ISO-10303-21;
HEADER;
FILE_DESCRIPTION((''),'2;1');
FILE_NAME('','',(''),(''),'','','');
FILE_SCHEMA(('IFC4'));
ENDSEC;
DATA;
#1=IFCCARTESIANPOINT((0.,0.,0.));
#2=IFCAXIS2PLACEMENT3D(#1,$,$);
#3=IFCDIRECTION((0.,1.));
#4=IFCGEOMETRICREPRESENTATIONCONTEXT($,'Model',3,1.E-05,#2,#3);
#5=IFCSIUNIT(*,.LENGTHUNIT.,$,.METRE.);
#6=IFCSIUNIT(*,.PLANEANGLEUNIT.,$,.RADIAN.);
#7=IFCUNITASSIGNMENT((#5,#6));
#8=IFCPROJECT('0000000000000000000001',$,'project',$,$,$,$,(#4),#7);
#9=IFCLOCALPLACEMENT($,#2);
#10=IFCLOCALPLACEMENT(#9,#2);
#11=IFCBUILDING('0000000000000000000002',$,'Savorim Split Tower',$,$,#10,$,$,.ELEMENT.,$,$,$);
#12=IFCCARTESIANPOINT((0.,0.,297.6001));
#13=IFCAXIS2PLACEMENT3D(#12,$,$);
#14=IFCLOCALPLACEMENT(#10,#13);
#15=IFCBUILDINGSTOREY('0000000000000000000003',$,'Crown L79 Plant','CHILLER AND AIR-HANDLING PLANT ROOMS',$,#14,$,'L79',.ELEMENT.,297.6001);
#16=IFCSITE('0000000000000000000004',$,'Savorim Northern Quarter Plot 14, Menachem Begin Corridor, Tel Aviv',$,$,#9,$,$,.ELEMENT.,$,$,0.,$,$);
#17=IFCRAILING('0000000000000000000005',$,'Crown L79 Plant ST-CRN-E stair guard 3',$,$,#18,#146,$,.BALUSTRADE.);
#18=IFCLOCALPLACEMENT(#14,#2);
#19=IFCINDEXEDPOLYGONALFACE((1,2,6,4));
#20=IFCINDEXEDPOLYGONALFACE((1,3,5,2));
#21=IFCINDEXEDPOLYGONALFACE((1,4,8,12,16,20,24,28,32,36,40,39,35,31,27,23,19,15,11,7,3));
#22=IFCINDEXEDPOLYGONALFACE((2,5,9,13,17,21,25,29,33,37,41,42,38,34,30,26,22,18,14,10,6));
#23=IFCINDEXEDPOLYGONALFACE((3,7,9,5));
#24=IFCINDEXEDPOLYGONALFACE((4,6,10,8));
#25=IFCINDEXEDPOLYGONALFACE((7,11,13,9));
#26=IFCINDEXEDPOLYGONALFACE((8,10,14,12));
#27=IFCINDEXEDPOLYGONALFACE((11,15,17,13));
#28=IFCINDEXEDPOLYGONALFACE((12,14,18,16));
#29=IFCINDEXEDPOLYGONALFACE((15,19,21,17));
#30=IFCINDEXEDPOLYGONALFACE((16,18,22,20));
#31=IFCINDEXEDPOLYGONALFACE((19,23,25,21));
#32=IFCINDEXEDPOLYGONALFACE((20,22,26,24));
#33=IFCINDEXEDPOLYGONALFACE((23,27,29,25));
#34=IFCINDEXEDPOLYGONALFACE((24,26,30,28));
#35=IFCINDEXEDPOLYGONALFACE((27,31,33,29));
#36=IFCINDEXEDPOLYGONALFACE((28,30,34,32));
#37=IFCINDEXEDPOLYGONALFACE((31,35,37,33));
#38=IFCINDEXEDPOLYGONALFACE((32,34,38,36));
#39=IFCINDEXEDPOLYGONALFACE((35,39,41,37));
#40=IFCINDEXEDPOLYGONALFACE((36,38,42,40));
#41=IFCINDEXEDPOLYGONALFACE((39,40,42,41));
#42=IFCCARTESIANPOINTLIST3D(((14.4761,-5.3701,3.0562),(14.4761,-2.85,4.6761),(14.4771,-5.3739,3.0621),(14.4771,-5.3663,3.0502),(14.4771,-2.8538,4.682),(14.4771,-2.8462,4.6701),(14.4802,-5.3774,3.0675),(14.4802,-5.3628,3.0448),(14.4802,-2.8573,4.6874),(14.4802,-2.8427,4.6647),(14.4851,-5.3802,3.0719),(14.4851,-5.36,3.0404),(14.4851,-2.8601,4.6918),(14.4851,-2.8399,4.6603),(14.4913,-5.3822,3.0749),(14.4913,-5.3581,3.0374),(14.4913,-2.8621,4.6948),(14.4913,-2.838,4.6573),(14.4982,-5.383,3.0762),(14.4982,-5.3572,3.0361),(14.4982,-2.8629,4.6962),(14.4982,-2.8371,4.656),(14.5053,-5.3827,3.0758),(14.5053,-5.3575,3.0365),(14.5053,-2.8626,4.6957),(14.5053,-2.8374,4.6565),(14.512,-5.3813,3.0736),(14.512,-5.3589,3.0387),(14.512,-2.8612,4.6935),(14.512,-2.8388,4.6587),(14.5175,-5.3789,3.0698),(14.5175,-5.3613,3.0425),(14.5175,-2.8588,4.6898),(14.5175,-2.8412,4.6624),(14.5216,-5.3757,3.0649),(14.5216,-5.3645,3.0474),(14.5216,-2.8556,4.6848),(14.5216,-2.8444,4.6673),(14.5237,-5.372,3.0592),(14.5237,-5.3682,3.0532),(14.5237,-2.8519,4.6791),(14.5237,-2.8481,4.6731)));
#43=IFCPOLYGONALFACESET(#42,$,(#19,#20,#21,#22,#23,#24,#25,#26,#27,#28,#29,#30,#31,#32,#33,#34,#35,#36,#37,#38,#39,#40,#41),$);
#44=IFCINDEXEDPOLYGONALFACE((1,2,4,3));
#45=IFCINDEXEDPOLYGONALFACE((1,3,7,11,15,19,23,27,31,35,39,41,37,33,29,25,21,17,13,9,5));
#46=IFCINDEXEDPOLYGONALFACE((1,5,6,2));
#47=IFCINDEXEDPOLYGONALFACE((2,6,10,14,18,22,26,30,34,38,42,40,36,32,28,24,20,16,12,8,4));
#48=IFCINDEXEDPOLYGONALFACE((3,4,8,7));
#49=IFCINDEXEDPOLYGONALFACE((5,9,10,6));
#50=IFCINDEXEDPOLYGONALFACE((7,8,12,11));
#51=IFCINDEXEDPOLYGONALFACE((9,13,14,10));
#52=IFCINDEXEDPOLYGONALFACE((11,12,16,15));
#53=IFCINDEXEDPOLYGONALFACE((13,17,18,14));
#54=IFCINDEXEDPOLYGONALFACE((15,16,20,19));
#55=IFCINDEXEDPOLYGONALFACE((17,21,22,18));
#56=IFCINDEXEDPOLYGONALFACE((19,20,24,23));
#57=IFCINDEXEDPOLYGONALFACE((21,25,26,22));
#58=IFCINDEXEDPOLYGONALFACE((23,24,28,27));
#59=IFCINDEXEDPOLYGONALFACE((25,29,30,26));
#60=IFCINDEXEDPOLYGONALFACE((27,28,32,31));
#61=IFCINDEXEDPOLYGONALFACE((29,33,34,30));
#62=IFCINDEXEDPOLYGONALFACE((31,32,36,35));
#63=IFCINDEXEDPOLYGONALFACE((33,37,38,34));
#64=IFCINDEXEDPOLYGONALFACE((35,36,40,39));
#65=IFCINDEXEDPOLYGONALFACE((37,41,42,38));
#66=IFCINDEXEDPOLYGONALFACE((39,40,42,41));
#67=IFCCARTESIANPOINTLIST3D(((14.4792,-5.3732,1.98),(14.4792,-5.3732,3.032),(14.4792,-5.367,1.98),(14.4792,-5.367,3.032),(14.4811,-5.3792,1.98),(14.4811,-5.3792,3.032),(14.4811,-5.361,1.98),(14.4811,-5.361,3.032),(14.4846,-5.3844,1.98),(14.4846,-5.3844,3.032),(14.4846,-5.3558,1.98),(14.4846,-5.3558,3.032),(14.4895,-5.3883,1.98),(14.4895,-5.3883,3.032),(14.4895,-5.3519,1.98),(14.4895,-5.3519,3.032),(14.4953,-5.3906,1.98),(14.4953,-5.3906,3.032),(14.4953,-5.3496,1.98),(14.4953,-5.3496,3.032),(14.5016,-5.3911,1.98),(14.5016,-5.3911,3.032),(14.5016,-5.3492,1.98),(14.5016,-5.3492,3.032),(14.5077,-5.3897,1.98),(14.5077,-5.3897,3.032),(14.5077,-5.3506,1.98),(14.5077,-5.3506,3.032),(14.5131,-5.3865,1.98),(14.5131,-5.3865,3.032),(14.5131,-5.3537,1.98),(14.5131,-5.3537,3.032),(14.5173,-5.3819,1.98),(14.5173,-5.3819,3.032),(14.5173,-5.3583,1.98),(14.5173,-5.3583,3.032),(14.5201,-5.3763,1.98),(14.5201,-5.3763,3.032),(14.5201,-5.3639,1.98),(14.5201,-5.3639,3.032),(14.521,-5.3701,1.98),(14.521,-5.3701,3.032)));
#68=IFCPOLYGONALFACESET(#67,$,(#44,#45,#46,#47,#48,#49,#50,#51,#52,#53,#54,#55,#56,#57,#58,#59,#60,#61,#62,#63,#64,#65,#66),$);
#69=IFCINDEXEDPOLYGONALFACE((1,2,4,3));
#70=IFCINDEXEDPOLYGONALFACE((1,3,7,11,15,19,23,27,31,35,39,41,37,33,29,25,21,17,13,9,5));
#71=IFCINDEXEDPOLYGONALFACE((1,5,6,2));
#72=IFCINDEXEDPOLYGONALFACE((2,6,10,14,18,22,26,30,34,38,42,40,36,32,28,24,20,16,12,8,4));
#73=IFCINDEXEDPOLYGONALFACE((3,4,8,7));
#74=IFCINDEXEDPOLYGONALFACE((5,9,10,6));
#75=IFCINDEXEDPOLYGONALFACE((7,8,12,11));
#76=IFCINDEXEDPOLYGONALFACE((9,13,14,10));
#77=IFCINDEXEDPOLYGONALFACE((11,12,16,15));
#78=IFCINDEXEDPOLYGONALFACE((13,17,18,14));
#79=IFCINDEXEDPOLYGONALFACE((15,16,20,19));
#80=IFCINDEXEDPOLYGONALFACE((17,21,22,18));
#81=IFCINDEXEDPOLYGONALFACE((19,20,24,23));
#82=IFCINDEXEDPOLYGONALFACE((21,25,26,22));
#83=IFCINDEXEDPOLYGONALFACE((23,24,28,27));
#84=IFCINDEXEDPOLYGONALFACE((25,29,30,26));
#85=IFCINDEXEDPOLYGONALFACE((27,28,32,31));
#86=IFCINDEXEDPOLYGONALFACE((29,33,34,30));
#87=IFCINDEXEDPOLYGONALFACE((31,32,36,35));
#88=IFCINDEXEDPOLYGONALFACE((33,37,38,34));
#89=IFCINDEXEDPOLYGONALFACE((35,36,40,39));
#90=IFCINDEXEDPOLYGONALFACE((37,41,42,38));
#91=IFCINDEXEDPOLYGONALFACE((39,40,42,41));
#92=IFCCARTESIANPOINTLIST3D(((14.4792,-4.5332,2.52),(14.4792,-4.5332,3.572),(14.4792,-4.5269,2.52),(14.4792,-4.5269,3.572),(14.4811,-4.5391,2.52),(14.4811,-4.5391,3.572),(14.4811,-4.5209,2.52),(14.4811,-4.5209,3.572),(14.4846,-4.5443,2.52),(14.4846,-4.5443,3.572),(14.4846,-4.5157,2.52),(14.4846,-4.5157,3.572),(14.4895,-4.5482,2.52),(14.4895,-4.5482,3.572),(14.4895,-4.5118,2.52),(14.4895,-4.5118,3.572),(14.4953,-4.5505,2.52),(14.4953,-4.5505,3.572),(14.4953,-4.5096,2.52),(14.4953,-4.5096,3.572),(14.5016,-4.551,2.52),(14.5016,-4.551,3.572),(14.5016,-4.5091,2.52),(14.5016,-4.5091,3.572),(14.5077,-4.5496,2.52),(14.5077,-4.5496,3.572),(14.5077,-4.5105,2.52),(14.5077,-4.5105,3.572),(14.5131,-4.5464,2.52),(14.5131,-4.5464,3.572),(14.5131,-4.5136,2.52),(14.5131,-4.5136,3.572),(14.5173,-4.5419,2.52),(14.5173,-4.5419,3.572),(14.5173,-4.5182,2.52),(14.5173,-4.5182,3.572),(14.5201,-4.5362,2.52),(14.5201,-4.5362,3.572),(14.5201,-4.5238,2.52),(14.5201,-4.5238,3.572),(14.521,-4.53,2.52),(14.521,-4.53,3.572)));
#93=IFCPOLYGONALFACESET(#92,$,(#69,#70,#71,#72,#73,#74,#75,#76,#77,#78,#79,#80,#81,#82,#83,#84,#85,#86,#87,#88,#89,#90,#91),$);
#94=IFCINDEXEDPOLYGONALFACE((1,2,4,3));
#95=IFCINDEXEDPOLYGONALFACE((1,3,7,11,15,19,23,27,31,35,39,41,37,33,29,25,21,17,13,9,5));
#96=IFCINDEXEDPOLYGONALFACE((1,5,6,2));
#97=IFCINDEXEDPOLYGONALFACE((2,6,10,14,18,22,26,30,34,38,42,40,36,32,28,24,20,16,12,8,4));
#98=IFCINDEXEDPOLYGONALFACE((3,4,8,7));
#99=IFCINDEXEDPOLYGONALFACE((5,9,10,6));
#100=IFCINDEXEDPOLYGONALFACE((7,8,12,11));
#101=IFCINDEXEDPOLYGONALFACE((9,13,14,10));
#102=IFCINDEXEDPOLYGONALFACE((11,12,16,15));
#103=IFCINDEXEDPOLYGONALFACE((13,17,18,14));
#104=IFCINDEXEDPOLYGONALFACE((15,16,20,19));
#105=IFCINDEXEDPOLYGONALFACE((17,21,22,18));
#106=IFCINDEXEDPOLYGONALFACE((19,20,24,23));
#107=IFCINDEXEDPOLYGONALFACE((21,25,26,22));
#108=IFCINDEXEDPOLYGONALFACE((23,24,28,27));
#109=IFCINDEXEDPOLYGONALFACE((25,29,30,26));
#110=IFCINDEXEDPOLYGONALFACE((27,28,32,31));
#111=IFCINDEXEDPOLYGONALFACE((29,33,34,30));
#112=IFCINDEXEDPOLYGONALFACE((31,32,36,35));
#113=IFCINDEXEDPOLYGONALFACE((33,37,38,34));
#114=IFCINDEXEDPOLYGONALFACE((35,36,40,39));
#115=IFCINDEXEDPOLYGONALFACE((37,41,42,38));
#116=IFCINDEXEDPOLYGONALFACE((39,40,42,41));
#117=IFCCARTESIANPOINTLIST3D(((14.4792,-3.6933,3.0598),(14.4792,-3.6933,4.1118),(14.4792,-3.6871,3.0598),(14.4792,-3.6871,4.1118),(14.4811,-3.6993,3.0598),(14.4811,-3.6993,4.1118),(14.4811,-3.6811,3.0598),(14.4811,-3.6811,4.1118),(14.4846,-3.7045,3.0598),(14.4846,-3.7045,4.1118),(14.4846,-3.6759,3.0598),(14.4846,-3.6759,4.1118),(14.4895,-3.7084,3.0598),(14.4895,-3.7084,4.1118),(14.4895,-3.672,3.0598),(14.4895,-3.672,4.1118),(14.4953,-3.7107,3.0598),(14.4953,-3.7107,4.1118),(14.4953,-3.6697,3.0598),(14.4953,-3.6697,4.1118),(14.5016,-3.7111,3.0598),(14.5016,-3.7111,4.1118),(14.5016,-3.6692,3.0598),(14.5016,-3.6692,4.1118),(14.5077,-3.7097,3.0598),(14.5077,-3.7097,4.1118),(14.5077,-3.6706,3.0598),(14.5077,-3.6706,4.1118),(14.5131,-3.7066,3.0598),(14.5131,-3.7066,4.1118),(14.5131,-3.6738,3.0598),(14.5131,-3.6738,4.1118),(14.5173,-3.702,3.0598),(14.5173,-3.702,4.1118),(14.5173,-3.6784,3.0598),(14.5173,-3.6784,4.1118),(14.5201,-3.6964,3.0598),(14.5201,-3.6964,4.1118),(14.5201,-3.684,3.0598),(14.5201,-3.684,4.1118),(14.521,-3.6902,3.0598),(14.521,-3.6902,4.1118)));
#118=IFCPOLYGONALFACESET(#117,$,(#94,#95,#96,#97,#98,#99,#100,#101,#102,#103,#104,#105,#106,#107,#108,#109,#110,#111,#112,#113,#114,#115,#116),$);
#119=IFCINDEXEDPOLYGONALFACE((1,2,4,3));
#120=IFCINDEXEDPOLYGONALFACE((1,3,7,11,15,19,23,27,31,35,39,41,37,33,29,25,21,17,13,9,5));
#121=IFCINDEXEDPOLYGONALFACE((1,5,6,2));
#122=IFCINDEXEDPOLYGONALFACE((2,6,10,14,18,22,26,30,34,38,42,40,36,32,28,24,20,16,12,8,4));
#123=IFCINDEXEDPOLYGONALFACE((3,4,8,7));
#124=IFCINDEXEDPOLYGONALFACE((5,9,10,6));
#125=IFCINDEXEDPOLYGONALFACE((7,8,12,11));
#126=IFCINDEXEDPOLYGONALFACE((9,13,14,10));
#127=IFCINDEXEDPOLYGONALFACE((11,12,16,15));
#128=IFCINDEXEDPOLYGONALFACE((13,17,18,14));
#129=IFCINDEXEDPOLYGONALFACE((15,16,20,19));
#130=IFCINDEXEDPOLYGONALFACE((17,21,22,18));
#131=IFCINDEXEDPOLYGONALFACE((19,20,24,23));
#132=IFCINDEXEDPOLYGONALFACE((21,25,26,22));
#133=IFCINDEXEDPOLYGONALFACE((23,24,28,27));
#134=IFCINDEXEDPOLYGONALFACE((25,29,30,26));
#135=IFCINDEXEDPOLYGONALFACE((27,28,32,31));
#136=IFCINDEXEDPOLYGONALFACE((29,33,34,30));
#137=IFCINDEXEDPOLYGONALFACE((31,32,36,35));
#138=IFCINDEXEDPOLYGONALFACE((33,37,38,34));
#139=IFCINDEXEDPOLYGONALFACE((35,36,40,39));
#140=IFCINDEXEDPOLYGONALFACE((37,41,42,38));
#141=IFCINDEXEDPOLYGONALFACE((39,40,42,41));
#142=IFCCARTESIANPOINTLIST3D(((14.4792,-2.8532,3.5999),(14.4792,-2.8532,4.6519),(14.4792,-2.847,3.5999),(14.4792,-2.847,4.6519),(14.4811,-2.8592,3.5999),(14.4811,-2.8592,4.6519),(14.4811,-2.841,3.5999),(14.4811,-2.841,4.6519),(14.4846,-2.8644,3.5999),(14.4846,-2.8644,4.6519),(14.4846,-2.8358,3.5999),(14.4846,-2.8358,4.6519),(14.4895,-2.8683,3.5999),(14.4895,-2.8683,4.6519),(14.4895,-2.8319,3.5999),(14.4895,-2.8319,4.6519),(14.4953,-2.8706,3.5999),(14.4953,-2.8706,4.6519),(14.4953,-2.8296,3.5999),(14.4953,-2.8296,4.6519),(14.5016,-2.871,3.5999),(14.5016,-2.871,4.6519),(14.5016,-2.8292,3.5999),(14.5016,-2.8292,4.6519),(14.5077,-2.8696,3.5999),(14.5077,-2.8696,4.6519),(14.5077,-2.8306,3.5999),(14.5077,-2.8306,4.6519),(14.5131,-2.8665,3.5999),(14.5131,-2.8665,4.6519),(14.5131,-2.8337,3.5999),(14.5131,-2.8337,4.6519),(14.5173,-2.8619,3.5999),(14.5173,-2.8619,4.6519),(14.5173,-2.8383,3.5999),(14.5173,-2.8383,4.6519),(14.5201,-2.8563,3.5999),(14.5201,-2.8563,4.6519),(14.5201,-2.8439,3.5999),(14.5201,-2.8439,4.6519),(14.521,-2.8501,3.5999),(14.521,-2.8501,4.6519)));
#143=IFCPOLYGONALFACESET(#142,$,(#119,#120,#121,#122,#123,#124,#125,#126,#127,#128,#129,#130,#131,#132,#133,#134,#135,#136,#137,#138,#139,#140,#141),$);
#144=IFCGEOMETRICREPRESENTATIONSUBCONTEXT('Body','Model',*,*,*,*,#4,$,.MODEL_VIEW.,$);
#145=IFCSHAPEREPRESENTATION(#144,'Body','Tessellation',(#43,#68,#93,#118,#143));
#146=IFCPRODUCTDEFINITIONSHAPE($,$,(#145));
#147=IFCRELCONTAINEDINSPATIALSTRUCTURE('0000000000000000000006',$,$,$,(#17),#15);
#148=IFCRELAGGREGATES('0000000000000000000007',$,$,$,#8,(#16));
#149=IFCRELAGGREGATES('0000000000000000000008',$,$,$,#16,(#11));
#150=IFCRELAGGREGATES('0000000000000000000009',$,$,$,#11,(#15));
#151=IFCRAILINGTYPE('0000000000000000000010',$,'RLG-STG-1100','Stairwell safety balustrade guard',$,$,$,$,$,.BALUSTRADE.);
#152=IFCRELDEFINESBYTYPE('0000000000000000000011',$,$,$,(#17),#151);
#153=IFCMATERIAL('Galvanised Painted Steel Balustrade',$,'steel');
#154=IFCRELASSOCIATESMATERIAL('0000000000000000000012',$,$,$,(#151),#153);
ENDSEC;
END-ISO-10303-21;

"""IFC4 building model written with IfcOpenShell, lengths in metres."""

from ifc_helpers import new_model, si_unit, direction, frame, origin, origin_2d, place, context, subcontext, project, spatial, circle, extrude, material, type_object, element, save


model = new_model("IFC4")

# Units and contexts
model_context = context("Model", 3, precision=1e-05, world=origin(), true_north=direction((0.0, 1.0)))
body_context = subcontext(model_context, "Body", "Model", "MODEL_VIEW")
ifc_project = project(units=[si_unit("LENGTHUNIT", "METRE"), si_unit("PLANEANGLEUNIT", "RADIAN")], contexts=[model_context])

# Site, building, storey
site_placement = place(None, origin())
site = spatial("IfcSite", under=ifc_project, at=site_placement, Name="Savorim Northern Quarter Plot 14, Menachem Begin Corridor, Tel Aviv", CompositionType="ELEMENT", RefElevation=0.0)
building_placement = place(site_placement, origin())
building = spatial("IfcBuilding", under=site, at=building_placement, Name="Savorim Split Tower", CompositionType="ELEMENT")
storey_placement = place(building_placement, frame((0.0, 0.0, 297.6001)))
storey = spatial("IfcBuildingStorey", under=building, at=storey_placement, Name="Crown L79 Plant", Description="CHILLER AND AIR-HANDLING PLANT ROOMS", LongName="L79", CompositionType="ELEMENT", Elevation=297.6001)

# Railing
ifc_material_1 = material(Name="Galvanised Painted Steel Balustrade", Category="steel")
railing_type_1 = type_object("IfcRailingType", Name="RLG-STG-1100", Description="Stairwell safety balustrade guard", PredefinedType="BALUSTRADE", material=ifc_material_1)
railing_1_placement = place(storey_placement, frame((14.5, -5.3701, 1.98)))
element("IfcRailing", 1, at=railing_1_placement, inside=storey, type_object=railing_type_1, Name="Crown L79 Plant ST-CRN-E stair guard 3", PredefinedType="BALUSTRADE", context=body_context, shape_type="SweptSolid", body=[
    extrude(circle(Radius=0.0239, at=origin_2d()), frame((0.0, 0.0, 1.0762), z_axis=(0.0, 0.8412, 0.540725), x_axis=(-1.0, 0.0, 0.0)), (0.0, 0.0, 1.0), 2.9958),
    extrude(circle(Radius=0.021, at=origin_2d()), origin(), (0.0, 0.0, 1.0), 1.052),
    extrude(circle(Radius=0.021, at=origin_2d()), frame((0.0, 0.8401, 0.54)), (0.0, 0.0, 1.0), 1.052),
    extrude(circle(Radius=0.021, at=origin_2d()), frame((0.0, 1.6799, 1.0798)), (0.0, 0.0, 1.0), 1.052),
    extrude(circle(Radius=0.021, at=origin_2d()), frame((0.0, 2.52, 1.6199)), (0.0, 0.0, 1.0), 1.052),
])

save(model, "model.ifc")
